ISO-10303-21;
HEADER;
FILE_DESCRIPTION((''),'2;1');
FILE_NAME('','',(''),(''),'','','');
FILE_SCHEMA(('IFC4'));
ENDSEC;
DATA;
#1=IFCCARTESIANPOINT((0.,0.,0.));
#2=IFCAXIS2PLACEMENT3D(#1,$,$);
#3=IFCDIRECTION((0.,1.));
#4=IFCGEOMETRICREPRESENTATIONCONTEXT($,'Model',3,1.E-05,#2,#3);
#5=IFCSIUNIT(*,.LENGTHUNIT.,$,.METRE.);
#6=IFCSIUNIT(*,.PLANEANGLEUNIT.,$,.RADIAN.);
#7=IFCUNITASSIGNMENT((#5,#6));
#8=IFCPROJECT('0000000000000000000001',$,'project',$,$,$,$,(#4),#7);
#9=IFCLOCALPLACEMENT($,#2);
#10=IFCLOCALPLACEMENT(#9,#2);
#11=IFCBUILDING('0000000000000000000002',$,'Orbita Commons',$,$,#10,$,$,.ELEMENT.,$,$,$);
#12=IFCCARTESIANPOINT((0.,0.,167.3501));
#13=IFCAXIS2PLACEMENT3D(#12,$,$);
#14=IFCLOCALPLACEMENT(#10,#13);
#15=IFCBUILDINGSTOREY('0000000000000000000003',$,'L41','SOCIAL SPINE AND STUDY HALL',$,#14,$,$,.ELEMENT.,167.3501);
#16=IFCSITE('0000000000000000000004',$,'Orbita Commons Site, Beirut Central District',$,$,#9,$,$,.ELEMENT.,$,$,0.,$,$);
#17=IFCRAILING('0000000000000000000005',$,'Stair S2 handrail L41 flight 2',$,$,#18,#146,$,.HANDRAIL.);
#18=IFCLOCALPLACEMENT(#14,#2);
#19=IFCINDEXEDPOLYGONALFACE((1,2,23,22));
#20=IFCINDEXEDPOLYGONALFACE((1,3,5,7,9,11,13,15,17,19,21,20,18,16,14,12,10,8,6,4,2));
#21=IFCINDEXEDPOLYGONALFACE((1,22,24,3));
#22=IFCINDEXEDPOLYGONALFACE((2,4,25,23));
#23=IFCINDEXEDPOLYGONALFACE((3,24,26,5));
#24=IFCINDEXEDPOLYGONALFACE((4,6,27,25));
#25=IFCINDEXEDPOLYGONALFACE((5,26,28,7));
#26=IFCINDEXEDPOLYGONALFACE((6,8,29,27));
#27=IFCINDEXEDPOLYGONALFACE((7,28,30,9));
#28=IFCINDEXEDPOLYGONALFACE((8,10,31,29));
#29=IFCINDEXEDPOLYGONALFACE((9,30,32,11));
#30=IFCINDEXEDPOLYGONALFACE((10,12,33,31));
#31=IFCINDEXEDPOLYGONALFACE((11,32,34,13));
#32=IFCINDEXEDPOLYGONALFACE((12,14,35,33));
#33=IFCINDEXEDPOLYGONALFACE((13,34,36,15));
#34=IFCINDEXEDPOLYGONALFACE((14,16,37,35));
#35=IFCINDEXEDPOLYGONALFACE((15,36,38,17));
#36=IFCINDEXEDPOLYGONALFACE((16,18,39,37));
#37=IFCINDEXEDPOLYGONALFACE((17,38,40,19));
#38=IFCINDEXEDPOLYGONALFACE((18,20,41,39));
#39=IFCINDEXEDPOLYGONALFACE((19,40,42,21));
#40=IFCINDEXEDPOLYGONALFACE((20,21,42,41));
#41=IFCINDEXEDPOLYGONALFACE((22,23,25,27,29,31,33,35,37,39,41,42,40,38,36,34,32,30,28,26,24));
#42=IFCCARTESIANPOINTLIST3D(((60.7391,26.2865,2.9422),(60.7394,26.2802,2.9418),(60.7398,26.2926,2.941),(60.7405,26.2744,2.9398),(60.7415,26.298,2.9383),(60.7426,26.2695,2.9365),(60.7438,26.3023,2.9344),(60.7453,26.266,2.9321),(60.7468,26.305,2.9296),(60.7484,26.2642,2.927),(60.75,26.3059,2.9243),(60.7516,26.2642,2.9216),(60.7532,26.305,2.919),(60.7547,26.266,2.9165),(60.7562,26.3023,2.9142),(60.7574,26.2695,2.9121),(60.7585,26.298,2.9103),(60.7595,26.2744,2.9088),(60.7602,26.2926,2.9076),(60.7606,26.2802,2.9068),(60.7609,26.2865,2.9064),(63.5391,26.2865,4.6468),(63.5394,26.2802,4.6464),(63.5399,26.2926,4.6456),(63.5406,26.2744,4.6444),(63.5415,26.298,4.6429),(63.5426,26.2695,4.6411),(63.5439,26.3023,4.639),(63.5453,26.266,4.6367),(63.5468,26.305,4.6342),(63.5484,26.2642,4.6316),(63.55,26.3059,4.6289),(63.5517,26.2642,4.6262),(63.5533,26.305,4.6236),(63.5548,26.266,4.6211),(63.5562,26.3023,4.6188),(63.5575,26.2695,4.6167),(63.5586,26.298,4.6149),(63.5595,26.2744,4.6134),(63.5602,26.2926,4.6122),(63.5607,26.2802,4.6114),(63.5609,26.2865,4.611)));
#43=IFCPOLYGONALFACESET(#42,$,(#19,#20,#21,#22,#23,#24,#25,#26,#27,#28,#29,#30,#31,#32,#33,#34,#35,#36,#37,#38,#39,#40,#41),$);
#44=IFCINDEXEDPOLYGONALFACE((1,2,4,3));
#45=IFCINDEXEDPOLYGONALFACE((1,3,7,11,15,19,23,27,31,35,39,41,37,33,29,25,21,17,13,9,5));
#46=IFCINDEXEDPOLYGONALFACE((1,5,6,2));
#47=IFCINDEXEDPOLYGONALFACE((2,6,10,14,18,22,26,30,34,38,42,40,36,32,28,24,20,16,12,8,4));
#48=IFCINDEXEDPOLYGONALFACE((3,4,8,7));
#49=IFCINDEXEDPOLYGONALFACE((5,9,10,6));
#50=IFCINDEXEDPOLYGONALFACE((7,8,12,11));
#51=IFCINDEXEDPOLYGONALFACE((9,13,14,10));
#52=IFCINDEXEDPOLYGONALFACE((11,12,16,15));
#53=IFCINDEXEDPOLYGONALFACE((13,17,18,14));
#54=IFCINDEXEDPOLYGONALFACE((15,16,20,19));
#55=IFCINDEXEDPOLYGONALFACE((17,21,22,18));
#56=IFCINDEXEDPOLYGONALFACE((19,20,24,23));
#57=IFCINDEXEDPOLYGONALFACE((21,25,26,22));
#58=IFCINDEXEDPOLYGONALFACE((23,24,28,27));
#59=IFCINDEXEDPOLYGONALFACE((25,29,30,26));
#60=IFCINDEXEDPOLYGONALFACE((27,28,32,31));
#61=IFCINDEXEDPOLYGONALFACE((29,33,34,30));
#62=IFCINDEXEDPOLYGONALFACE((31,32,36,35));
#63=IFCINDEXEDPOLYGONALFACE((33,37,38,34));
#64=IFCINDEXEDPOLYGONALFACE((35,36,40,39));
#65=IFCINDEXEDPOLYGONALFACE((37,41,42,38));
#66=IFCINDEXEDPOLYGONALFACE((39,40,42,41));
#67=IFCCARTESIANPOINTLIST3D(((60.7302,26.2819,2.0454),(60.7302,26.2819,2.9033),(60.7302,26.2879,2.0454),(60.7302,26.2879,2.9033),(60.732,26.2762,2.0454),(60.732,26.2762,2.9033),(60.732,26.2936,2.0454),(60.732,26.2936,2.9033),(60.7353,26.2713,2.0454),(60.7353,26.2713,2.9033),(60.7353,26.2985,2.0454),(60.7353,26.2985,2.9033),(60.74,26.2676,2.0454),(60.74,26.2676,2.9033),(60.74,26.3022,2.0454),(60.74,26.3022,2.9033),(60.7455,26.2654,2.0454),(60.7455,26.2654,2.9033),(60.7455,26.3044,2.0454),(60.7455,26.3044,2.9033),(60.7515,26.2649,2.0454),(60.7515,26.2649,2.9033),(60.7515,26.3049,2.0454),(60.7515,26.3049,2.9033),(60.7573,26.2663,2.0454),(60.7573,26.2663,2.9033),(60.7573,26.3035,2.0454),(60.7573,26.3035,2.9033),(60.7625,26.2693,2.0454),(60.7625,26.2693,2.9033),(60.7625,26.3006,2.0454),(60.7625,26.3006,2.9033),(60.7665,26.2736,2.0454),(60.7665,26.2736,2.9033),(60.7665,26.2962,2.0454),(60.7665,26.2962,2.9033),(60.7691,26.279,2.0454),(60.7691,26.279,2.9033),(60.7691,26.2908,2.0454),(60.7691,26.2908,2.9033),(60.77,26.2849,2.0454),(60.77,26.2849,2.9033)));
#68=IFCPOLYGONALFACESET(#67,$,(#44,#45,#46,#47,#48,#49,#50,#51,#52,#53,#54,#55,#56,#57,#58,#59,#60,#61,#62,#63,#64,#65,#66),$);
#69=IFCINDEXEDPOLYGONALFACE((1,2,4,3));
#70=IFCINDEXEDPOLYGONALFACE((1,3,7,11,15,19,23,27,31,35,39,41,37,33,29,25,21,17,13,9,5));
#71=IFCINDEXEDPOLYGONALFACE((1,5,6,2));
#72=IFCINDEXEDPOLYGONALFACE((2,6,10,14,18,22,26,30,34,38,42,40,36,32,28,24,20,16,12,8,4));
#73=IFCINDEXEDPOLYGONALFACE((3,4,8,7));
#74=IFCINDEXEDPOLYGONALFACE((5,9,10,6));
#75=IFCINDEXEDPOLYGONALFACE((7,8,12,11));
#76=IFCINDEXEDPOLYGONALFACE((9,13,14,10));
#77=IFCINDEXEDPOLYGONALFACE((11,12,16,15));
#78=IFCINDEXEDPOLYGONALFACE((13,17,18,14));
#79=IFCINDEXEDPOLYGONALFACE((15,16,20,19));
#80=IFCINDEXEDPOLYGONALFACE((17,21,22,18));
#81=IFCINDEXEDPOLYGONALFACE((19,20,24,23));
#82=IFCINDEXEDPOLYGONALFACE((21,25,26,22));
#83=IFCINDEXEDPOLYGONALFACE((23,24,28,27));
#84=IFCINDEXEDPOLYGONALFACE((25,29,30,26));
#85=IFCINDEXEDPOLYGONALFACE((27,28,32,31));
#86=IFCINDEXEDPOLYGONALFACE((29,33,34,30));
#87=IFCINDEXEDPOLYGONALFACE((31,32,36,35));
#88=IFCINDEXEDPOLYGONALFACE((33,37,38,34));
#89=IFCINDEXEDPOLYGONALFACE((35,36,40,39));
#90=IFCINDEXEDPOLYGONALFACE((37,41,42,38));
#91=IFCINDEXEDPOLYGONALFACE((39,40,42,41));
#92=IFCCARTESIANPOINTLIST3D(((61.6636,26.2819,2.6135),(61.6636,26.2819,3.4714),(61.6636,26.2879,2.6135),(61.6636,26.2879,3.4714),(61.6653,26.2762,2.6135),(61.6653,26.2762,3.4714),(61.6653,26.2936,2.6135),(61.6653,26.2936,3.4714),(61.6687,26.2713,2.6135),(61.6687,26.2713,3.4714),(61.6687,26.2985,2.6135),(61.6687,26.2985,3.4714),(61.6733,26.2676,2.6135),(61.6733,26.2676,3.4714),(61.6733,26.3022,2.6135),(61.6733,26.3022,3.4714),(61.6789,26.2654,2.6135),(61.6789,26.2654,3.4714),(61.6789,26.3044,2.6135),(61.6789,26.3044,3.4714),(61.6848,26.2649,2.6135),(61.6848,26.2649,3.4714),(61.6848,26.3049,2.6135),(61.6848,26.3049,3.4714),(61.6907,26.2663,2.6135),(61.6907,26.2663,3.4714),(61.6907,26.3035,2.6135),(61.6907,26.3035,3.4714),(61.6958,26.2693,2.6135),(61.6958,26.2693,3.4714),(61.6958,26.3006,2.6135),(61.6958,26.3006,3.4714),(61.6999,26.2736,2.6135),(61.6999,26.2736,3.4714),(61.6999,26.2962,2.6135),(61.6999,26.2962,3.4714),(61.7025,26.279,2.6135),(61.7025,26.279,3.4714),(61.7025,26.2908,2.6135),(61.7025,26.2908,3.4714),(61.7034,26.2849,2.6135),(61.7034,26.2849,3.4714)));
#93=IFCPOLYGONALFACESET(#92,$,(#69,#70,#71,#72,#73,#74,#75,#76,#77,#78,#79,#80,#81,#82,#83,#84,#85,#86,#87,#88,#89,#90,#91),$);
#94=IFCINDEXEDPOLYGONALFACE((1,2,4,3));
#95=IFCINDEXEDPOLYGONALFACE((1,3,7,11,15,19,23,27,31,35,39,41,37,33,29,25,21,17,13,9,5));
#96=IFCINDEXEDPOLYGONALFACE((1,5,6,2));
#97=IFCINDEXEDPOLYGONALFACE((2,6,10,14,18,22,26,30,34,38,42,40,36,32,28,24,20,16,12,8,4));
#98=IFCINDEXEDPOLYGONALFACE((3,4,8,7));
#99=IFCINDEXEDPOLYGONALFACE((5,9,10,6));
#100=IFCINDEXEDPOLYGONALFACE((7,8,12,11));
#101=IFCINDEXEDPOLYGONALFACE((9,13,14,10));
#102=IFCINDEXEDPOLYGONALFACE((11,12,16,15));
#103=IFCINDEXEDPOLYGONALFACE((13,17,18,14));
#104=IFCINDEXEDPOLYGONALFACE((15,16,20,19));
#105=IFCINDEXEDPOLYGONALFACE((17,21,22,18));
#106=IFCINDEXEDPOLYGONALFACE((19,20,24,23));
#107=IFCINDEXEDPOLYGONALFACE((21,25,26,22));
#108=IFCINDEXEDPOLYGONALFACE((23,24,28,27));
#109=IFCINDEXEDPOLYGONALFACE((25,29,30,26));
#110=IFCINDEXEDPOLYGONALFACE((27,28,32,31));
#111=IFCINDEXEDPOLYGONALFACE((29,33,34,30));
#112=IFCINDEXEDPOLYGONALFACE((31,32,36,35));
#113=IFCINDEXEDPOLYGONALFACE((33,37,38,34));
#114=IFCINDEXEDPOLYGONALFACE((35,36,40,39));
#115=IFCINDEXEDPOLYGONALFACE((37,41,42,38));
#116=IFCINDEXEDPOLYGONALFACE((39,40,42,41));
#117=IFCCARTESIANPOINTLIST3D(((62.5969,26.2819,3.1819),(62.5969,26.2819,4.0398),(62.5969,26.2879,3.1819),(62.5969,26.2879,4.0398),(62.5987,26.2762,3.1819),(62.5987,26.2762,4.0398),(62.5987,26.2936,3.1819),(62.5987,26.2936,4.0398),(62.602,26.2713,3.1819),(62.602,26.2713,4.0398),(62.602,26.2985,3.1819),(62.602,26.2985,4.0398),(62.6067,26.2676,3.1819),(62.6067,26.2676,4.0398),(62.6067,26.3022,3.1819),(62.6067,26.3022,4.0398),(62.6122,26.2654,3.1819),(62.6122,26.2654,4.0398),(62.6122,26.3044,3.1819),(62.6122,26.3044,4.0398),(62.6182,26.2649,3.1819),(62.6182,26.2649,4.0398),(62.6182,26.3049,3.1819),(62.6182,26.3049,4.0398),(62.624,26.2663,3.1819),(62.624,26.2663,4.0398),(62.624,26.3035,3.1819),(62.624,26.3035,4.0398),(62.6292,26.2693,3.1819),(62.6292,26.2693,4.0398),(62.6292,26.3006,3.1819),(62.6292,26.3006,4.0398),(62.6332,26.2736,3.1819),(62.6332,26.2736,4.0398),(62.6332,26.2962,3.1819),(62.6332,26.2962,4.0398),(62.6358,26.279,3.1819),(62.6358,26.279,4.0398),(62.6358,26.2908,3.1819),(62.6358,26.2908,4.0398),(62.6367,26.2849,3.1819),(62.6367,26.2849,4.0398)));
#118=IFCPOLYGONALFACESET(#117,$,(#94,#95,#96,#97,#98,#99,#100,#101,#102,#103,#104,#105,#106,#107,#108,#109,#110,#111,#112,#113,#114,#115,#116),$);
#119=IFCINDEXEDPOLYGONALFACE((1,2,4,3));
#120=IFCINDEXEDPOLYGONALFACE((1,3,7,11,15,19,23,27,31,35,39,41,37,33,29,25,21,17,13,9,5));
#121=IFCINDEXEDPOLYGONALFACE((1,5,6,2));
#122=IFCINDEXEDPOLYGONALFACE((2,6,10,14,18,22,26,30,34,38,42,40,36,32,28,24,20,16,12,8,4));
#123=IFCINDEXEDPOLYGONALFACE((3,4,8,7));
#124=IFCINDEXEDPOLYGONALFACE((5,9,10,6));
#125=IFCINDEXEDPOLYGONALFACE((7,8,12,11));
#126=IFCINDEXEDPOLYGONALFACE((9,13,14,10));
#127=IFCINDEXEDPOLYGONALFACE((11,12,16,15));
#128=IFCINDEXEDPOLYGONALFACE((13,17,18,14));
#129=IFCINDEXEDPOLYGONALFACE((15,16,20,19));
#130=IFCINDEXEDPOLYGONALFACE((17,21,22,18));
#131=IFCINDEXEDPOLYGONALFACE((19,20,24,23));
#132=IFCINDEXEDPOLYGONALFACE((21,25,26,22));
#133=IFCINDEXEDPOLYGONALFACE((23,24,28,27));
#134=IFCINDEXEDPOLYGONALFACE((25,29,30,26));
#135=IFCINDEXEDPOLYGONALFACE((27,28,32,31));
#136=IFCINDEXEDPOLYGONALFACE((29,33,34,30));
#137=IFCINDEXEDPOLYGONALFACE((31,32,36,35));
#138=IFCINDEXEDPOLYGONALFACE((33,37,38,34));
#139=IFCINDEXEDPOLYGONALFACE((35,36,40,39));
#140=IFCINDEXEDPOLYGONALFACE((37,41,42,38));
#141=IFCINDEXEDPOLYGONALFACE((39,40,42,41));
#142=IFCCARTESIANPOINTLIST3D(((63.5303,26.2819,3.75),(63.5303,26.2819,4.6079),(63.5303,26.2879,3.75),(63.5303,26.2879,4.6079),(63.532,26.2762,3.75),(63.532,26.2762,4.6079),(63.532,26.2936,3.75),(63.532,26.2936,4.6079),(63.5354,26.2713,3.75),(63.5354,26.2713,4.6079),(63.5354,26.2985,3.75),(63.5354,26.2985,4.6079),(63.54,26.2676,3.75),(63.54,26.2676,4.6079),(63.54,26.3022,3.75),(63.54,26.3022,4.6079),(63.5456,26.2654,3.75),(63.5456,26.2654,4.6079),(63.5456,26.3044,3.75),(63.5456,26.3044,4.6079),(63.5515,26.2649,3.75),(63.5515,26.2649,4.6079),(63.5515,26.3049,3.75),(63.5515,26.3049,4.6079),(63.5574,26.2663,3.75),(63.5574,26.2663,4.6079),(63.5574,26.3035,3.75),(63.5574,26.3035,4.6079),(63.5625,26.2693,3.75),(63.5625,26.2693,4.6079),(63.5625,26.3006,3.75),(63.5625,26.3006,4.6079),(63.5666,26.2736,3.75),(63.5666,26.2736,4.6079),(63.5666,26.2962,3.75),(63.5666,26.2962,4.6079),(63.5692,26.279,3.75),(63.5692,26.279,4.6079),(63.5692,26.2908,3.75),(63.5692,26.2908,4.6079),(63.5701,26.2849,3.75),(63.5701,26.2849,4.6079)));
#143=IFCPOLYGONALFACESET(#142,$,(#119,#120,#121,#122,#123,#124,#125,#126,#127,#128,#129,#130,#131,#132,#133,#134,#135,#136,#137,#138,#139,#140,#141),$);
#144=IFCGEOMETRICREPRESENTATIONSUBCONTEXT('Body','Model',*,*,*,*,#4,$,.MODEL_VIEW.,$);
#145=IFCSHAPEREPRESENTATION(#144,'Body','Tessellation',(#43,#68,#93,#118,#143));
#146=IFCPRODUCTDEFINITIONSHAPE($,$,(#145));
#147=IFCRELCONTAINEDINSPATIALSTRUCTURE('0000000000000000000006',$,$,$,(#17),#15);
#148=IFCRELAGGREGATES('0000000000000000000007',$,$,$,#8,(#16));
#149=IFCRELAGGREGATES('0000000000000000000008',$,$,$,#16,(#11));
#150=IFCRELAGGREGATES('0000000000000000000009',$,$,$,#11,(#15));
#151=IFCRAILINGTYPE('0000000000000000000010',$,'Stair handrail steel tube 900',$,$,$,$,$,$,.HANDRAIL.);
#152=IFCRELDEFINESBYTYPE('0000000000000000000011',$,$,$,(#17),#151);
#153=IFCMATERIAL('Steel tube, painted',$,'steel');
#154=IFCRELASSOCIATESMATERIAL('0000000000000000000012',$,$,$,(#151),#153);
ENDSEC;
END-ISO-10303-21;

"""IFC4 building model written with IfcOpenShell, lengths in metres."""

from ifc_helpers import new_model, si_unit, direction, frame, origin, origin_2d, place, context, subcontext, project, spatial, circle, extrude, material, type_object, element, save


model = new_model("IFC4")

# Units and contexts
model_context = context("Model", 3, precision=1e-05, world=origin(), true_north=direction((0.0, 1.0)))
body_context = subcontext(model_context, "Body", "Model", "MODEL_VIEW")
ifc_project = project(units=[si_unit("LENGTHUNIT", "METRE"), si_unit("PLANEANGLEUNIT", "RADIAN")], contexts=[model_context])

# Site, building, storey
site_placement = place(None, origin())
site = spatial("IfcSite", under=ifc_project, at=site_placement, Name="Orbita Commons Site, Beirut Central District", CompositionType="ELEMENT", RefElevation=0.0)
building_placement = place(site_placement, origin())
building = spatial("IfcBuilding", under=site, at=building_placement, Name="Orbita Commons", CompositionType="ELEMENT")
storey_placement = place(building_placement, frame((0.0, 0.0, 167.3501)))
storey = spatial("IfcBuildingStorey", under=building, at=storey_placement, Name="L41", Description="SOCIAL SPINE AND STUDY HALL", CompositionType="ELEMENT", Elevation=167.3501)

# Railing
ifc_material_1 = material(Name="Steel tube, painted", Category="steel")
railing_type = type_object("IfcRailingType", Name="Stair handrail steel tube 900", PredefinedType="HANDRAIL", material=ifc_material_1)
for number, where, name in (
    (1, (60.75, 26.2849, 2.0454), "Stair S2 handrail L41 flight 2"),
):
    element("IfcRailing", number, at=place(storey_placement, frame(where)), inside=storey, type_object=railing_type, Name=name, PredefinedType="HANDRAIL", context=body_context, shape_type="SweptSolid", body=[
        extrude(circle(Radius=0.021, at=origin_2d()), frame((0.0, 0.0, 0.8789), z_axis=(0.85417, 0.0, 0.519994), x_axis=(0.0, 1.0, 0.0)), (0.0, 0.0, 1.0), 3.2781),
        extrude(circle(Radius=0.02, at=origin_2d()), origin(), (0.0, 0.0, 1.0), 0.8579),
        extrude(circle(Radius=0.02, at=origin_2d()), frame((0.9333, 0.0, 0.5681)), (0.0, 0.0, 1.0), 0.8579),
        extrude(circle(Radius=0.02, at=origin_2d()), frame((1.8667, 0.0, 1.1365)), (0.0, 0.0, 1.0), 0.8579),
        extrude(circle(Radius=0.02, at=origin_2d()), frame((2.8, 0.0, 1.7046)), (0.0, 0.0, 1.0), 0.8579),
    ])

save(model, "model.ifc")
